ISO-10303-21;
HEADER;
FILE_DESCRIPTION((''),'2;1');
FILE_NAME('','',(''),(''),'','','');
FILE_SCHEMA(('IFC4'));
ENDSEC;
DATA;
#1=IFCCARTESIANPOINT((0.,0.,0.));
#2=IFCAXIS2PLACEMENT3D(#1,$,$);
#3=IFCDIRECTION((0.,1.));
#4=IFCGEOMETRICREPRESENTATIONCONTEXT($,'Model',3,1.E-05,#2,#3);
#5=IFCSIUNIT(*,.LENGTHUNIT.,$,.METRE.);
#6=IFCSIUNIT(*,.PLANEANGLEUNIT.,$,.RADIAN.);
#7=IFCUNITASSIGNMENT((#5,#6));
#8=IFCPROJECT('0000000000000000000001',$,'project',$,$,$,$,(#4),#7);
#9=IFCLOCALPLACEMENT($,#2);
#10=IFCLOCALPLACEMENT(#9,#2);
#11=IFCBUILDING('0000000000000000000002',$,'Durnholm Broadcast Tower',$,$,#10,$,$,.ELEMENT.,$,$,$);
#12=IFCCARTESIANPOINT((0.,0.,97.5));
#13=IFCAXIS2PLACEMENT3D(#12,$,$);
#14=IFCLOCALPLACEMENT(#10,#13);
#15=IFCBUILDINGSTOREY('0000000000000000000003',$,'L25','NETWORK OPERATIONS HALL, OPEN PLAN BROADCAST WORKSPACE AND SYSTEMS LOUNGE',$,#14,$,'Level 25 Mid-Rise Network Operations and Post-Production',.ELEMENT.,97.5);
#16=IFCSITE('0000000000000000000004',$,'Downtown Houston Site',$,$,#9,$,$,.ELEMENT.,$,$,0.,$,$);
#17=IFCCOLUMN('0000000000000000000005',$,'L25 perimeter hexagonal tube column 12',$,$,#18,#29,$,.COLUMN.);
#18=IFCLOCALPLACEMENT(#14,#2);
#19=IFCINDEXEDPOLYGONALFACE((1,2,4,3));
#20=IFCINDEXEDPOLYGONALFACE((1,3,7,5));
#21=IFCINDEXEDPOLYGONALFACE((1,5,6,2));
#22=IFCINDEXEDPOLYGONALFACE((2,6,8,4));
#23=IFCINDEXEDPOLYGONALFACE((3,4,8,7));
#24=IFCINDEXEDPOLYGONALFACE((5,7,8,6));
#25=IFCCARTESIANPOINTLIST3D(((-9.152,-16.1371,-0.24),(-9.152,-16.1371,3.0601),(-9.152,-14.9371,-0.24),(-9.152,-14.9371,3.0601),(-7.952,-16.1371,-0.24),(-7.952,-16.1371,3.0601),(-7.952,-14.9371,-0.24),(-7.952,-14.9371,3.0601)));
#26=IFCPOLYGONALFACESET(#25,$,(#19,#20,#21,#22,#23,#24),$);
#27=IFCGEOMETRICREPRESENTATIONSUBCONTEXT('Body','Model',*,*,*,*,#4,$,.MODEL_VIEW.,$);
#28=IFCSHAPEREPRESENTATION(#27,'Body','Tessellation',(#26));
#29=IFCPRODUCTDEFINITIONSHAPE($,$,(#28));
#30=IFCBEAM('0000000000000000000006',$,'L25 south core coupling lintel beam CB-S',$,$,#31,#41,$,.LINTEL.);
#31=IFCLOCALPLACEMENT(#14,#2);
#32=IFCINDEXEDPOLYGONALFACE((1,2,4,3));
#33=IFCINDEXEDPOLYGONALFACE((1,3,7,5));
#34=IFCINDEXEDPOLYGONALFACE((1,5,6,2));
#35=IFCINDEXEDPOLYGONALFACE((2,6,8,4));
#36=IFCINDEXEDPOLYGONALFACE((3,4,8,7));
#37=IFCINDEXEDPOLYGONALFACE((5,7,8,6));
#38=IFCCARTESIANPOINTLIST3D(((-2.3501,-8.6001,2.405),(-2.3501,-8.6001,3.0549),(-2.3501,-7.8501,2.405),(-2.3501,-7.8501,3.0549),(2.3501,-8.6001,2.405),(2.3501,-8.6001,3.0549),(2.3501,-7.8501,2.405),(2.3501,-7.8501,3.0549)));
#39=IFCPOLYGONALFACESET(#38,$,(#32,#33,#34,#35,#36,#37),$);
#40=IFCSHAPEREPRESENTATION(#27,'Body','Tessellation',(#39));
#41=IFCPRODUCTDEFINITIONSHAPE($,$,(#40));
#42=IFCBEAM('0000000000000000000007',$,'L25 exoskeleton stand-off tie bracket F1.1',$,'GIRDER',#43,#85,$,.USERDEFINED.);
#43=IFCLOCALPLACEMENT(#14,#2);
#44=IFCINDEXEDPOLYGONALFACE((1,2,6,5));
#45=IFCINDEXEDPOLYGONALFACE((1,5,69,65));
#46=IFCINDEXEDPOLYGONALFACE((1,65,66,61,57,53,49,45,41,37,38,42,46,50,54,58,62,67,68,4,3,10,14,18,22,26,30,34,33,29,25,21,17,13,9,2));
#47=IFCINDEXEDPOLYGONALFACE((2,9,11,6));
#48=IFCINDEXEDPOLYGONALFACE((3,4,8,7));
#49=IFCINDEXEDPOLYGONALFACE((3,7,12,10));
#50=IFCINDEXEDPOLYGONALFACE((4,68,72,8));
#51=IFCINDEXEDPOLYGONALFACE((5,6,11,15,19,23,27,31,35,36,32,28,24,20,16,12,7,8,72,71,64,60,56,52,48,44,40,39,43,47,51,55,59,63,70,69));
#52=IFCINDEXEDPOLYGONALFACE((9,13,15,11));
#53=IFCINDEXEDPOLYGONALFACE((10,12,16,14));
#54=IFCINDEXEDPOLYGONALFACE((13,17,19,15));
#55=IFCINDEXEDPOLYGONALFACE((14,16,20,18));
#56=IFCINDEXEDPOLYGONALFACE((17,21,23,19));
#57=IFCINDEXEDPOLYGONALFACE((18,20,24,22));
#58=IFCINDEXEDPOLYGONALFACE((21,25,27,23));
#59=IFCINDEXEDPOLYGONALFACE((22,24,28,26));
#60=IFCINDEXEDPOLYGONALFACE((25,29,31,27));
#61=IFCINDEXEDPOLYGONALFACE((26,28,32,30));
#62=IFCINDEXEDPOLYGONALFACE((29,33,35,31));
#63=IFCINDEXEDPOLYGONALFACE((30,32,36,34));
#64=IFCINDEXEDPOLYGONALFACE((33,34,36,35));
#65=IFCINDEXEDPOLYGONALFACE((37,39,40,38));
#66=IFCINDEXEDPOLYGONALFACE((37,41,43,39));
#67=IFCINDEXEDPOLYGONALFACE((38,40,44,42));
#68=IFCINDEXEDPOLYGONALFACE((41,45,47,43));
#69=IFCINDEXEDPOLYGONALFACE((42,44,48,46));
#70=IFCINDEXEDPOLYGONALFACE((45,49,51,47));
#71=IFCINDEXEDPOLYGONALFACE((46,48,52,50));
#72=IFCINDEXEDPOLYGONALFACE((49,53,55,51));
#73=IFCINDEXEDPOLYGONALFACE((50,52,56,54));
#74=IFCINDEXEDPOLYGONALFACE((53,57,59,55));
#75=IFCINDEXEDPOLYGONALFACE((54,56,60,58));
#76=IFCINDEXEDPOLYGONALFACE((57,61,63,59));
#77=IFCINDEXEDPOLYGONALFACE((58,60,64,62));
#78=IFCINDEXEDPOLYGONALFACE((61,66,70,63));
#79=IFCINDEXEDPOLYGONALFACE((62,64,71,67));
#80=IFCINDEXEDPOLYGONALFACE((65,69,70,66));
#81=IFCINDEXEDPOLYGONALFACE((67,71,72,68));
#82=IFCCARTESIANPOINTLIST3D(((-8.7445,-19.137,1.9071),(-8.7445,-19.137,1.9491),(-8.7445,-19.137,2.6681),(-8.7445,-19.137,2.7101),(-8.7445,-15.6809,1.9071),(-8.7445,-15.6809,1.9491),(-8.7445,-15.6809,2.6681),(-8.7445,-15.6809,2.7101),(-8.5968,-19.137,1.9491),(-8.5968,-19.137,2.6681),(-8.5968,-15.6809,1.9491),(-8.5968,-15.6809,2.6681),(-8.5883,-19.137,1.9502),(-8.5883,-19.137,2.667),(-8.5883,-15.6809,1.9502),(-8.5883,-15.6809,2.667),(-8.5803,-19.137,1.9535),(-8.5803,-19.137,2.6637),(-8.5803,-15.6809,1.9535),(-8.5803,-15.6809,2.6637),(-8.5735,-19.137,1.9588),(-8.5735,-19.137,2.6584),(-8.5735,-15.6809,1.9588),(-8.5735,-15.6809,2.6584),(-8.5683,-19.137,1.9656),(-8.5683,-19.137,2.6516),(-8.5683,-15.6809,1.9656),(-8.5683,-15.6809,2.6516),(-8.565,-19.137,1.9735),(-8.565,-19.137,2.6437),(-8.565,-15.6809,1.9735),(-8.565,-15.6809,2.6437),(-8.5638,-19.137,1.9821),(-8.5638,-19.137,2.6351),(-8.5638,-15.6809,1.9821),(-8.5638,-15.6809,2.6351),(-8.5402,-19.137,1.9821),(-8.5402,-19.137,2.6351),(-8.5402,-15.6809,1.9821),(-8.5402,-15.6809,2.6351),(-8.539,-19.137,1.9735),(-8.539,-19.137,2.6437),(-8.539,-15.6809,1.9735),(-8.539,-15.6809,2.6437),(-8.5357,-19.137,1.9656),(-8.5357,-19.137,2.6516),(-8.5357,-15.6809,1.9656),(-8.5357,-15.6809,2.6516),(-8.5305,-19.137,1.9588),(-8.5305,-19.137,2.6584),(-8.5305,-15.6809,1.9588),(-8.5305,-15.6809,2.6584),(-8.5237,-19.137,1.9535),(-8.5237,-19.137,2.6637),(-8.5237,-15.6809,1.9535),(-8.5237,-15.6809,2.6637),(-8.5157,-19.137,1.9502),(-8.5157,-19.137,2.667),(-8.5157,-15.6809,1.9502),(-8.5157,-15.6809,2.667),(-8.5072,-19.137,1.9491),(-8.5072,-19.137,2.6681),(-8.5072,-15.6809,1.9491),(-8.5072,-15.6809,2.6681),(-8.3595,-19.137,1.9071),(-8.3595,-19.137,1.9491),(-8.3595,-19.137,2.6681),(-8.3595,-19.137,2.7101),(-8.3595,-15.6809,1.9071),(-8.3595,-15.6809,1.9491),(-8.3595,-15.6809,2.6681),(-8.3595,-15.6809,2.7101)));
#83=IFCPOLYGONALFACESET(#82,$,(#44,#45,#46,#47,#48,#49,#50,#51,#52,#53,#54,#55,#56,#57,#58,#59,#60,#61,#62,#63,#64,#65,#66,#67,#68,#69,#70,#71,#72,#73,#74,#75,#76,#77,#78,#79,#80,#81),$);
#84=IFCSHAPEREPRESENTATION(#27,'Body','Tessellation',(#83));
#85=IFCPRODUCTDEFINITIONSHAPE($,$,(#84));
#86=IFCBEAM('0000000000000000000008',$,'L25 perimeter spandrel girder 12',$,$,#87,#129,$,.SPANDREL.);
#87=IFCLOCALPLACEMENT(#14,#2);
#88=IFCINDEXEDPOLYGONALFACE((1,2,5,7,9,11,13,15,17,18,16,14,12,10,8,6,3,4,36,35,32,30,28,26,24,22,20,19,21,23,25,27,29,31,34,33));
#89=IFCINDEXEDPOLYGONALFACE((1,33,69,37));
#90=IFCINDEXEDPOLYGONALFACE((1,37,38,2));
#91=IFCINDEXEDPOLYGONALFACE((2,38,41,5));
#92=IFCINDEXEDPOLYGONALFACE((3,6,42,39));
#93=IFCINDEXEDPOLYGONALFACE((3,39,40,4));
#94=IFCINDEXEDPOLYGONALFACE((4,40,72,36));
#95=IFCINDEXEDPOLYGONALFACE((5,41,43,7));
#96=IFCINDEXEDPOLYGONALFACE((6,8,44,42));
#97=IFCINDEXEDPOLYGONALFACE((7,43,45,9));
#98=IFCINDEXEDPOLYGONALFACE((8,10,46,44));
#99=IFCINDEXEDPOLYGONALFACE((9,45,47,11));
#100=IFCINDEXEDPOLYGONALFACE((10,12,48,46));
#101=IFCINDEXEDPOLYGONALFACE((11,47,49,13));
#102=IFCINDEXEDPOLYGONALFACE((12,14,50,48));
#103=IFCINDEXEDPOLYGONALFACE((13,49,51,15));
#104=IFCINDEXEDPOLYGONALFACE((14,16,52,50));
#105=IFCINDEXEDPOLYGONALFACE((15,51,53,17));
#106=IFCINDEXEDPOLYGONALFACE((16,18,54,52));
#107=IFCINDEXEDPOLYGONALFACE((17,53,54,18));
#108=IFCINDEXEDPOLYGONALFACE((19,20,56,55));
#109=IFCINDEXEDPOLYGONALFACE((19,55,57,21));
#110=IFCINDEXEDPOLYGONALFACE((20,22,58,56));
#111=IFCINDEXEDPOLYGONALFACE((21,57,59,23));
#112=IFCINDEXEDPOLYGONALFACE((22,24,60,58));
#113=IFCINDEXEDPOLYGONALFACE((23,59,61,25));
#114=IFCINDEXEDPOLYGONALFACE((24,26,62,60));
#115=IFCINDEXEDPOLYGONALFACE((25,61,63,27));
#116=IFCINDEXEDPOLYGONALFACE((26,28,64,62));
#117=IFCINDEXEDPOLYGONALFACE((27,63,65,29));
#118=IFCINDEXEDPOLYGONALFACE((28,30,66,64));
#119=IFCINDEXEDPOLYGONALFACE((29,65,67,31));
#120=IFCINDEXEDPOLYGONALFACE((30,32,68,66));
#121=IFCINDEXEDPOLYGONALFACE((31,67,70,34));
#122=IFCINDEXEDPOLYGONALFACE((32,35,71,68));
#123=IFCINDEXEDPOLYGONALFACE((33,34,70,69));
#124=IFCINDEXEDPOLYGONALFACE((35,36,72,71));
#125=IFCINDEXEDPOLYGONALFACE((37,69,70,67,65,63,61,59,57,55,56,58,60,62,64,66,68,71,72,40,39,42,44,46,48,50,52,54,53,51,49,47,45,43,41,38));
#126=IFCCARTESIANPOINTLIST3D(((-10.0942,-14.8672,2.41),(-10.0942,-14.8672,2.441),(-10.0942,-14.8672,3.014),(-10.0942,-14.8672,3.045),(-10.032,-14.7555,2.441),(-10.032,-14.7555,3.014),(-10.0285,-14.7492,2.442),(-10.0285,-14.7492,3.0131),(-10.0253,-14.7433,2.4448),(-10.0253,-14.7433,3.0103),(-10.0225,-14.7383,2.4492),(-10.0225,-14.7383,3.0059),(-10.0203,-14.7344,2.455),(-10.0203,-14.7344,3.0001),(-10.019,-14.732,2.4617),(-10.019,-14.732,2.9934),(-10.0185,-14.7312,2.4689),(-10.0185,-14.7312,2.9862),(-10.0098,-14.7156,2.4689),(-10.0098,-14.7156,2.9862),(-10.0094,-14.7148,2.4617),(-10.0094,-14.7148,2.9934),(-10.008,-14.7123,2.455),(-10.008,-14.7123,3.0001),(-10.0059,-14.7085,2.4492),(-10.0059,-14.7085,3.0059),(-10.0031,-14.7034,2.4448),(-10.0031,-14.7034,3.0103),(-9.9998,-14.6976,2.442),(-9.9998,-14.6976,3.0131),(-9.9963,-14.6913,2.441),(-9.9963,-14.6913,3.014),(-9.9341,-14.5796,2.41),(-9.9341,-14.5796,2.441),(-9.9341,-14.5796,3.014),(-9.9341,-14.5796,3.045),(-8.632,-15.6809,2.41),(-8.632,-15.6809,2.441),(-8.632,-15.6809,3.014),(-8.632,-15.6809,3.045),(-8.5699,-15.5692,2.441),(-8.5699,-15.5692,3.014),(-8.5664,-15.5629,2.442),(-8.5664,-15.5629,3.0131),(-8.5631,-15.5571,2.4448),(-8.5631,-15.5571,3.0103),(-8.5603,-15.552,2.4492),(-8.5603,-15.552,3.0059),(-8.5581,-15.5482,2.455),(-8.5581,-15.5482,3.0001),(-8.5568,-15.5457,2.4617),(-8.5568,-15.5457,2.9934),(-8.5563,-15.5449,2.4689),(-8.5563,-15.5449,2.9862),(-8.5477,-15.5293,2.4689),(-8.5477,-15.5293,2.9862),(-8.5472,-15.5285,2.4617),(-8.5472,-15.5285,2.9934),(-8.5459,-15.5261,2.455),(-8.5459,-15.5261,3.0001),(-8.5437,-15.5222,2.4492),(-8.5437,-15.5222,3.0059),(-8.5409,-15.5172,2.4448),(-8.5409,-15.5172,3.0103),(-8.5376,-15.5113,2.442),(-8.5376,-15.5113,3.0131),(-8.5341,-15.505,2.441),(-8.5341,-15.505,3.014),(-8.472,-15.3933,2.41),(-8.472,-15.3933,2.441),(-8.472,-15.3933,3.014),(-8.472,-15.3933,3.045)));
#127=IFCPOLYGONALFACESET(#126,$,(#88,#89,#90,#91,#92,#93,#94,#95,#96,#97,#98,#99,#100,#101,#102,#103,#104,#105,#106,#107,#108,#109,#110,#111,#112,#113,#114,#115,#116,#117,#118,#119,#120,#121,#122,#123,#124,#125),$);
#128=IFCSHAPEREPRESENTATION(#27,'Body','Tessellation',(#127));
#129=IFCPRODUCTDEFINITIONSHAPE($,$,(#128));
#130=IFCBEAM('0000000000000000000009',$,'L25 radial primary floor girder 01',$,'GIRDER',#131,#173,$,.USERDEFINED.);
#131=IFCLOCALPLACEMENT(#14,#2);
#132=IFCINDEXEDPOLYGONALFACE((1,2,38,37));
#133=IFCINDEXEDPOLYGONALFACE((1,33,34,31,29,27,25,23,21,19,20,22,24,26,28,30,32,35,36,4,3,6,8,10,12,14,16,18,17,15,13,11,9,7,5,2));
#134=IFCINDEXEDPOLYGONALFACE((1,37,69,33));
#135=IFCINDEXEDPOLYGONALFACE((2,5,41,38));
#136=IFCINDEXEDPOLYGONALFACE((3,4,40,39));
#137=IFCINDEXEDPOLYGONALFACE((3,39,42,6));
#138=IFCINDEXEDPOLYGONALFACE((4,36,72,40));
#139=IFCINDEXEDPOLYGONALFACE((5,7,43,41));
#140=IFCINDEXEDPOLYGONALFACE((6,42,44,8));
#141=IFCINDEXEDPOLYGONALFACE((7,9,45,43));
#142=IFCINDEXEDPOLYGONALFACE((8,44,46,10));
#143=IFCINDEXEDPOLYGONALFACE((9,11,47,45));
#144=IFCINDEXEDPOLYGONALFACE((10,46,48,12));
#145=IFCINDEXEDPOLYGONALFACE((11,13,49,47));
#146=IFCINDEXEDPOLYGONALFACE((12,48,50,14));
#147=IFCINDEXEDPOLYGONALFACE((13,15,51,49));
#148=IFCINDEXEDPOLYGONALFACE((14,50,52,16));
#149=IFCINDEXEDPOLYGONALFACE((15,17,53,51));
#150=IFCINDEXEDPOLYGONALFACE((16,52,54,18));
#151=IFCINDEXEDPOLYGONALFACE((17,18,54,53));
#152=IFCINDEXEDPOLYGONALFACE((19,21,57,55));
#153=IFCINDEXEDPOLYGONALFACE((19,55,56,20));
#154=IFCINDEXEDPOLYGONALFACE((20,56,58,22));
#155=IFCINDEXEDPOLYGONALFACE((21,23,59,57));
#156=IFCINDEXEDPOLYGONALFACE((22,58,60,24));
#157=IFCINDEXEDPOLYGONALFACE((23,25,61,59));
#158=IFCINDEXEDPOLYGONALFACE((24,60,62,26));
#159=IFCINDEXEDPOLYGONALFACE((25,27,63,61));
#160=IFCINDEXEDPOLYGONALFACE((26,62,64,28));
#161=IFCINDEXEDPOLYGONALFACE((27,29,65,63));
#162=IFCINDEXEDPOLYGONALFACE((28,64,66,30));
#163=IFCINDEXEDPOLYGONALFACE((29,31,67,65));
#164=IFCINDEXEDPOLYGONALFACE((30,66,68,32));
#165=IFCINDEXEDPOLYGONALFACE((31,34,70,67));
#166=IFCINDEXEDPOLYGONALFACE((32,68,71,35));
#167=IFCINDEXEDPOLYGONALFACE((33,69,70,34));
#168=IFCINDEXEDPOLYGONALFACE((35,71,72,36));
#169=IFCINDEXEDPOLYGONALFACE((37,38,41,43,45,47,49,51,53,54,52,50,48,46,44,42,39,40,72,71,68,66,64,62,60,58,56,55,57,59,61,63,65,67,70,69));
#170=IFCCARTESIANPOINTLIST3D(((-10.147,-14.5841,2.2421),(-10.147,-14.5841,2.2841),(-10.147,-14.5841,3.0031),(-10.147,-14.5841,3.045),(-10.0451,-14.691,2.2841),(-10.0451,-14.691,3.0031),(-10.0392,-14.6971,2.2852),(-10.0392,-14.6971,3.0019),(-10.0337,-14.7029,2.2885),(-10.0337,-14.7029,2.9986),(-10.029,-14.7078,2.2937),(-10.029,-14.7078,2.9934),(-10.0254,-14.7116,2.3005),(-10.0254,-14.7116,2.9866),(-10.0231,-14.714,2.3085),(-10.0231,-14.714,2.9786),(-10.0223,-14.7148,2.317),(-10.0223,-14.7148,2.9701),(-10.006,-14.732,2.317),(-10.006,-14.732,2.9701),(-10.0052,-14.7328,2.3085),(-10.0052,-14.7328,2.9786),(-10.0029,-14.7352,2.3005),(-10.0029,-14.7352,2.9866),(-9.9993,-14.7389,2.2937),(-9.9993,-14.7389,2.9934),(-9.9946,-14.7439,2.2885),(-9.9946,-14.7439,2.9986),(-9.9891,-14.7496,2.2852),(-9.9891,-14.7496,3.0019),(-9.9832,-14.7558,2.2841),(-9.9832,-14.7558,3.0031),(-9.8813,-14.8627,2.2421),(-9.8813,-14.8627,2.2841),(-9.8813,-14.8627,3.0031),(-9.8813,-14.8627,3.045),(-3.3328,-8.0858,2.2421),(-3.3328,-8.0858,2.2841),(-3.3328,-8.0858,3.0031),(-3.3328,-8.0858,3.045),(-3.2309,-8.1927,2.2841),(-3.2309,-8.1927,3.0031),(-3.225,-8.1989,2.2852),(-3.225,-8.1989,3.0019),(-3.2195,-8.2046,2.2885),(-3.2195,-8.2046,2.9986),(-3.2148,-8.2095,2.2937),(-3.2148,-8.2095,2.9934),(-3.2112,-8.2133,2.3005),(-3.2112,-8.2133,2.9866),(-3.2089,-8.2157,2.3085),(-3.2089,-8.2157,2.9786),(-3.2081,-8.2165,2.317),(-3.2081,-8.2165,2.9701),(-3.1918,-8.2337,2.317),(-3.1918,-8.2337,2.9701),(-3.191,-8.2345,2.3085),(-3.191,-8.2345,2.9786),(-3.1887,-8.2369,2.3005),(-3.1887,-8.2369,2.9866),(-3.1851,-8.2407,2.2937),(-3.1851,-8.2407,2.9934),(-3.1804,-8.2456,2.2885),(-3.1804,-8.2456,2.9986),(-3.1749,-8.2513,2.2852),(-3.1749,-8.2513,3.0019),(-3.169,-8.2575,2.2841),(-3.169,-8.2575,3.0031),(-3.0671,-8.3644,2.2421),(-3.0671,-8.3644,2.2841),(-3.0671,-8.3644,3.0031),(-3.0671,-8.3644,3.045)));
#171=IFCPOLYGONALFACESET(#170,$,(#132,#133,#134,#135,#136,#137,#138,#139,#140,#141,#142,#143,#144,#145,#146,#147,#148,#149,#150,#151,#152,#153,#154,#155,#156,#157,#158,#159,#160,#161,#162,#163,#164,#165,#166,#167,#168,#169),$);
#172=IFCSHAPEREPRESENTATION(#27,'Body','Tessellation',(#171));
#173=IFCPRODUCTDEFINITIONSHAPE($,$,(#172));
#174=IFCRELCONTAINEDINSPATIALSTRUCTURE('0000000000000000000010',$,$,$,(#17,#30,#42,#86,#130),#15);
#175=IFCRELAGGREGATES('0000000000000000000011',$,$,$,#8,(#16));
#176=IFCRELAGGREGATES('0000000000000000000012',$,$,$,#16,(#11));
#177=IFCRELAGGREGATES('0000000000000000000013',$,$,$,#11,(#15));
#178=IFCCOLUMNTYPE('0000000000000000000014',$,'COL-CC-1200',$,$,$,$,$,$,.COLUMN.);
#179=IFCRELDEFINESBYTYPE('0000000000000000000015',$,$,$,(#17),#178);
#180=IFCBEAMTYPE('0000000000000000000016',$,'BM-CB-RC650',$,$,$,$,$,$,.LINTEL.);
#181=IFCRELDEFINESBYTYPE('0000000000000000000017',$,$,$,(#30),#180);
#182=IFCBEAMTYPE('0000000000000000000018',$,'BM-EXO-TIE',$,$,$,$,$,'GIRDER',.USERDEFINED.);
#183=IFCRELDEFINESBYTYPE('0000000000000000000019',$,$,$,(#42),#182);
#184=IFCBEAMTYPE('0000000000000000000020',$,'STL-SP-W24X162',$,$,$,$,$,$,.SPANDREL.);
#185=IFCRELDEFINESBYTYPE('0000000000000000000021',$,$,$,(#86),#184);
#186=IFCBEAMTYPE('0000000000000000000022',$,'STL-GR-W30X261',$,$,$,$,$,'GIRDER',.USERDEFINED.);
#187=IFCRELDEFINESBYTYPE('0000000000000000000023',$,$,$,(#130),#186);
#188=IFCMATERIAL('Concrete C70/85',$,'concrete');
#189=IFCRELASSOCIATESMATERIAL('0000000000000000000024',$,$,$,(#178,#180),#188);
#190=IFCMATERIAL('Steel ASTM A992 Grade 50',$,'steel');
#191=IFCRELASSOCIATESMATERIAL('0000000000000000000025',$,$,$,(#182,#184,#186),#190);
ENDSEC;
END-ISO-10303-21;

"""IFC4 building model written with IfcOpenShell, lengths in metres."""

from ifc_helpers import new_model, si_unit, direction, frame, origin, origin_2d, place, context, subcontext, project, spatial, rectangle, i_section, extrude, source, transform, mapped, material, material_profile, profile_set, type_object, type_shapes, element, save


model = new_model("IFC4")

# Units and contexts
model_context = context("Model", 3, precision=1e-05, world=origin(), true_north=direction((0.0, 1.0)))
body_context = subcontext(model_context, "Body", "Model", "MODEL_VIEW")
ifc_project = project(units=[si_unit("LENGTHUNIT", "METRE"), si_unit("PLANEANGLEUNIT", "RADIAN")], contexts=[model_context])

# Site, building, storey
site_placement = place(None, origin())
site = spatial("IfcSite", under=ifc_project, at=site_placement, Name="Downtown Houston Site", CompositionType="ELEMENT", RefElevation=0.0)
building_placement = place(site_placement, origin())
building = spatial("IfcBuilding", under=site, at=building_placement, Name="Durnholm Broadcast Tower", CompositionType="ELEMENT")
storey_placement = place(building_placement, frame((0.0, 0.0, 97.5)))
storey = spatial("IfcBuildingStorey", under=building, at=storey_placement, Name="L25", Description="NETWORK OPERATIONS HALL, OPEN PLAN BROADCAST WORKSPACE AND SYSTEMS LOUNGE", LongName="Level 25 Mid-Rise Network Operations and Post-Production", CompositionType="ELEMENT", Elevation=97.5)

# Column
ifc_material_1 = material(Name="Concrete C70/85", Category="concrete")
ifc_material_profile_1 = material_profile(ifc_material_1, rectangle(XDim=1.2, YDim=1.2, at=origin_2d()), Name="RC1200X1200")
ifc_profile_set_1 = profile_set([ifc_material_profile_1], Name="Concrete C70/85")
column_type = type_object("IfcColumnType", Name="COL-CC-1200", PredefinedType="COLUMN", material=ifc_profile_set_1)
shared_shape_1 = source(origin(), body_context, "Body", "SweptSolid", [
    extrude(rectangle(XDim=1.2, YDim=1.2, at=origin_2d()), origin(), (0.0, 0.0, 1.0), 3.3),
])
type_shapes(column_type, [shared_shape_1])
column_placement = place(storey_placement, frame((-8.552, -15.5371, -0.24), z_axis=(0.0, 0.0, 1.0), x_axis=(1.0, 0.0, 0.0)))
element("IfcColumn", 1, at=column_placement, inside=storey, type_object=column_type, Name="L25 perimeter hexagonal tube column 12", PredefinedType="COLUMN", context=body_context, shape_type="MappedRepresentation", body=[
    mapped(shared_shape_1, transform((0.0, 0.0, 0.0), x_axis=(1.0, 0.0, 0.0), y_axis=(0.0, 1.0, 0.0), z_axis=(0.0, 0.0, 1.0), scale=1.0)),
])

# Beams
ifc_material_profile_2 = material_profile(ifc_material_1, rectangle(XDim=0.75, YDim=0.6499, at=origin_2d()), Name="RC750X650")
ifc_profile_set_2 = profile_set([ifc_material_profile_2], Name="Concrete C70/85")
beam_type_1 = type_object("IfcBeamType", Name="BM-CB-RC650", PredefinedType="LINTEL", material=ifc_profile_set_2)
shared_shape_2 = source(origin(), body_context, "Body", "SweptSolid", [
    extrude(rectangle(XDim=0.75, YDim=0.6499, at=origin_2d()), origin(), (0.0, 0.0, 1.0), 4.7002),
])
type_shapes(beam_type_1, [shared_shape_2])
beam_1_placement = place(storey_placement, frame((-2.3501, -8.2251, 2.73), z_axis=(1.0, 0.0, 0.0), x_axis=(0.0, 1.0, 0.0)))
element("IfcBeam", 2, at=beam_1_placement, inside=storey, type_object=beam_type_1, Name="L25 south core coupling lintel beam CB-S", PredefinedType="LINTEL", context=body_context, shape_type="MappedRepresentation", body=[
    mapped(shared_shape_2, transform((0.0, 0.0, 0.0), x_axis=(1.0, 0.0, 0.0), y_axis=(0.0, 1.0, 0.0), z_axis=(0.0, 0.0, 1.0), scale=1.0)),
])
ifc_material_2 = material(Name="Steel ASTM A992 Grade 50", Category="steel")
ifc_material_profile_3 = material_profile(ifc_material_2, i_section(OverallWidth=0.385, OverallDepth=0.803, WebThickness=0.0237, FlangeThickness=0.042, FilletRadius=0.033, at=origin_2d()), Name="W30X261")
ifc_profile_set_3 = profile_set([ifc_material_profile_3], Name="Steel ASTM A992 Grade 50")
beam_type_2 = type_object("IfcBeamType", Name="BM-EXO-TIE", ElementType="GIRDER", PredefinedType="USERDEFINED", material=ifc_profile_set_3)
shared_shape_3 = source(origin(), body_context, "Body", "SweptSolid", [
    extrude(i_section(OverallWidth=0.385, OverallDepth=0.803, WebThickness=0.0237, FlangeThickness=0.042, FilletRadius=0.033, at=origin_2d()), origin(), (0.0, 0.0, 1.0), 3.4561),
])
beam_2_placement = place(storey_placement, frame((-8.552, -15.6809, 2.3086), z_axis=(0.0, -1.0, 0.0), x_axis=(1.0, 0.0, 0.0)))
element("IfcBeam", 3, at=beam_2_placement, inside=storey, type_object=beam_type_2, Name="L25 exoskeleton stand-off tie bracket F1.1", ObjectType="GIRDER", PredefinedType="USERDEFINED", context=body_context, shape_type="MappedRepresentation", body=[
    mapped(shared_shape_3, transform((0.0, 0.0, 0.0), x_axis=(1.0, 0.0, 0.0), y_axis=(0.0, 1.0, 0.0), z_axis=(0.0, 0.0, 1.0), scale=1.0)),
])
ifc_material_profile_4 = material_profile(ifc_material_2, i_section(OverallWidth=0.3291, OverallDepth=0.635, WebThickness=0.0178, FlangeThickness=0.031, FilletRadius=0.0278, at=origin_2d()), Name="W24X162")
ifc_profile_set_4 = profile_set([ifc_material_profile_4], Name="Steel ASTM A992 Grade 50")
beam_type_3 = type_object("IfcBeamType", Name="STL-SP-W24X162", PredefinedType="SPANDREL", material=ifc_profile_set_4)
shared_shape_4 = source(origin(), body_context, "Body", "SweptSolid", [
    extrude(i_section(OverallWidth=0.3291, OverallDepth=0.635, WebThickness=0.0178, FlangeThickness=0.031, FilletRadius=0.0278, at=origin_2d()), origin(), (0.0, 0.0, 1.0), 1.6733),
])
type_shapes(beam_type_3, [shared_shape_4])
beam_3_placement = place(storey_placement, frame((-8.552, -15.5371, 2.7275), z_axis=(-0.873799, 0.486287, 0.0), x_axis=(-0.486287, -0.873799, 0.0)))
element("IfcBeam", 4, at=beam_3_placement, inside=storey, type_object=beam_type_3, Name="L25 perimeter spandrel girder 12", PredefinedType="SPANDREL", context=body_context, shape_type="MappedRepresentation", body=[
    mapped(shared_shape_4, transform((0.0, 0.0, 0.0), x_axis=(1.0, 0.0, 0.0), y_axis=(0.0, 1.0, 0.0), z_axis=(0.0, 0.0, 1.0), scale=1.0)),
])
ifc_material_profile_5 = material_profile(ifc_material_2, i_section(OverallWidth=0.385, OverallDepth=0.803, WebThickness=0.0237, FlangeThickness=0.042, FilletRadius=0.033, at=origin_2d()), Name="W30X261")
ifc_profile_set_5 = profile_set([ifc_material_profile_5], Name="Steel ASTM A992 Grade 50")
beam_type_4 = type_object("IfcBeamType", Name="STL-GR-W30X261", ElementType="GIRDER", PredefinedType="USERDEFINED", material=ifc_profile_set_5)
shared_shape_5 = source(origin(), body_context, "Body", "SweptSolid", [
    extrude(i_section(OverallWidth=0.385, OverallDepth=0.803, WebThickness=0.0237, FlangeThickness=0.042, FilletRadius=0.033, at=origin_2d()), origin(), (0.0, 0.0, 1.0), 9.416),
])
beam_4_placement = place(storey_placement, frame((-3.2, -8.2251, 2.6436), z_axis=(-0.723683, -0.690132, 0.0), x_axis=(0.690132, -0.723683, 0.0)))
element("IfcBeam", 5, at=beam_4_placement, inside=storey, type_object=beam_type_4, Name="L25 radial primary floor girder 01", ObjectType="GIRDER", PredefinedType="USERDEFINED", context=body_context, shape_type="MappedRepresentation", body=[
    mapped(shared_shape_5, transform((0.0, 0.0, 0.0), x_axis=(1.0, 0.0, 0.0), y_axis=(0.0, 1.0, 0.0), z_axis=(0.0, 0.0, 1.0), scale=1.0)),
])

save(model, "model.ifc")
